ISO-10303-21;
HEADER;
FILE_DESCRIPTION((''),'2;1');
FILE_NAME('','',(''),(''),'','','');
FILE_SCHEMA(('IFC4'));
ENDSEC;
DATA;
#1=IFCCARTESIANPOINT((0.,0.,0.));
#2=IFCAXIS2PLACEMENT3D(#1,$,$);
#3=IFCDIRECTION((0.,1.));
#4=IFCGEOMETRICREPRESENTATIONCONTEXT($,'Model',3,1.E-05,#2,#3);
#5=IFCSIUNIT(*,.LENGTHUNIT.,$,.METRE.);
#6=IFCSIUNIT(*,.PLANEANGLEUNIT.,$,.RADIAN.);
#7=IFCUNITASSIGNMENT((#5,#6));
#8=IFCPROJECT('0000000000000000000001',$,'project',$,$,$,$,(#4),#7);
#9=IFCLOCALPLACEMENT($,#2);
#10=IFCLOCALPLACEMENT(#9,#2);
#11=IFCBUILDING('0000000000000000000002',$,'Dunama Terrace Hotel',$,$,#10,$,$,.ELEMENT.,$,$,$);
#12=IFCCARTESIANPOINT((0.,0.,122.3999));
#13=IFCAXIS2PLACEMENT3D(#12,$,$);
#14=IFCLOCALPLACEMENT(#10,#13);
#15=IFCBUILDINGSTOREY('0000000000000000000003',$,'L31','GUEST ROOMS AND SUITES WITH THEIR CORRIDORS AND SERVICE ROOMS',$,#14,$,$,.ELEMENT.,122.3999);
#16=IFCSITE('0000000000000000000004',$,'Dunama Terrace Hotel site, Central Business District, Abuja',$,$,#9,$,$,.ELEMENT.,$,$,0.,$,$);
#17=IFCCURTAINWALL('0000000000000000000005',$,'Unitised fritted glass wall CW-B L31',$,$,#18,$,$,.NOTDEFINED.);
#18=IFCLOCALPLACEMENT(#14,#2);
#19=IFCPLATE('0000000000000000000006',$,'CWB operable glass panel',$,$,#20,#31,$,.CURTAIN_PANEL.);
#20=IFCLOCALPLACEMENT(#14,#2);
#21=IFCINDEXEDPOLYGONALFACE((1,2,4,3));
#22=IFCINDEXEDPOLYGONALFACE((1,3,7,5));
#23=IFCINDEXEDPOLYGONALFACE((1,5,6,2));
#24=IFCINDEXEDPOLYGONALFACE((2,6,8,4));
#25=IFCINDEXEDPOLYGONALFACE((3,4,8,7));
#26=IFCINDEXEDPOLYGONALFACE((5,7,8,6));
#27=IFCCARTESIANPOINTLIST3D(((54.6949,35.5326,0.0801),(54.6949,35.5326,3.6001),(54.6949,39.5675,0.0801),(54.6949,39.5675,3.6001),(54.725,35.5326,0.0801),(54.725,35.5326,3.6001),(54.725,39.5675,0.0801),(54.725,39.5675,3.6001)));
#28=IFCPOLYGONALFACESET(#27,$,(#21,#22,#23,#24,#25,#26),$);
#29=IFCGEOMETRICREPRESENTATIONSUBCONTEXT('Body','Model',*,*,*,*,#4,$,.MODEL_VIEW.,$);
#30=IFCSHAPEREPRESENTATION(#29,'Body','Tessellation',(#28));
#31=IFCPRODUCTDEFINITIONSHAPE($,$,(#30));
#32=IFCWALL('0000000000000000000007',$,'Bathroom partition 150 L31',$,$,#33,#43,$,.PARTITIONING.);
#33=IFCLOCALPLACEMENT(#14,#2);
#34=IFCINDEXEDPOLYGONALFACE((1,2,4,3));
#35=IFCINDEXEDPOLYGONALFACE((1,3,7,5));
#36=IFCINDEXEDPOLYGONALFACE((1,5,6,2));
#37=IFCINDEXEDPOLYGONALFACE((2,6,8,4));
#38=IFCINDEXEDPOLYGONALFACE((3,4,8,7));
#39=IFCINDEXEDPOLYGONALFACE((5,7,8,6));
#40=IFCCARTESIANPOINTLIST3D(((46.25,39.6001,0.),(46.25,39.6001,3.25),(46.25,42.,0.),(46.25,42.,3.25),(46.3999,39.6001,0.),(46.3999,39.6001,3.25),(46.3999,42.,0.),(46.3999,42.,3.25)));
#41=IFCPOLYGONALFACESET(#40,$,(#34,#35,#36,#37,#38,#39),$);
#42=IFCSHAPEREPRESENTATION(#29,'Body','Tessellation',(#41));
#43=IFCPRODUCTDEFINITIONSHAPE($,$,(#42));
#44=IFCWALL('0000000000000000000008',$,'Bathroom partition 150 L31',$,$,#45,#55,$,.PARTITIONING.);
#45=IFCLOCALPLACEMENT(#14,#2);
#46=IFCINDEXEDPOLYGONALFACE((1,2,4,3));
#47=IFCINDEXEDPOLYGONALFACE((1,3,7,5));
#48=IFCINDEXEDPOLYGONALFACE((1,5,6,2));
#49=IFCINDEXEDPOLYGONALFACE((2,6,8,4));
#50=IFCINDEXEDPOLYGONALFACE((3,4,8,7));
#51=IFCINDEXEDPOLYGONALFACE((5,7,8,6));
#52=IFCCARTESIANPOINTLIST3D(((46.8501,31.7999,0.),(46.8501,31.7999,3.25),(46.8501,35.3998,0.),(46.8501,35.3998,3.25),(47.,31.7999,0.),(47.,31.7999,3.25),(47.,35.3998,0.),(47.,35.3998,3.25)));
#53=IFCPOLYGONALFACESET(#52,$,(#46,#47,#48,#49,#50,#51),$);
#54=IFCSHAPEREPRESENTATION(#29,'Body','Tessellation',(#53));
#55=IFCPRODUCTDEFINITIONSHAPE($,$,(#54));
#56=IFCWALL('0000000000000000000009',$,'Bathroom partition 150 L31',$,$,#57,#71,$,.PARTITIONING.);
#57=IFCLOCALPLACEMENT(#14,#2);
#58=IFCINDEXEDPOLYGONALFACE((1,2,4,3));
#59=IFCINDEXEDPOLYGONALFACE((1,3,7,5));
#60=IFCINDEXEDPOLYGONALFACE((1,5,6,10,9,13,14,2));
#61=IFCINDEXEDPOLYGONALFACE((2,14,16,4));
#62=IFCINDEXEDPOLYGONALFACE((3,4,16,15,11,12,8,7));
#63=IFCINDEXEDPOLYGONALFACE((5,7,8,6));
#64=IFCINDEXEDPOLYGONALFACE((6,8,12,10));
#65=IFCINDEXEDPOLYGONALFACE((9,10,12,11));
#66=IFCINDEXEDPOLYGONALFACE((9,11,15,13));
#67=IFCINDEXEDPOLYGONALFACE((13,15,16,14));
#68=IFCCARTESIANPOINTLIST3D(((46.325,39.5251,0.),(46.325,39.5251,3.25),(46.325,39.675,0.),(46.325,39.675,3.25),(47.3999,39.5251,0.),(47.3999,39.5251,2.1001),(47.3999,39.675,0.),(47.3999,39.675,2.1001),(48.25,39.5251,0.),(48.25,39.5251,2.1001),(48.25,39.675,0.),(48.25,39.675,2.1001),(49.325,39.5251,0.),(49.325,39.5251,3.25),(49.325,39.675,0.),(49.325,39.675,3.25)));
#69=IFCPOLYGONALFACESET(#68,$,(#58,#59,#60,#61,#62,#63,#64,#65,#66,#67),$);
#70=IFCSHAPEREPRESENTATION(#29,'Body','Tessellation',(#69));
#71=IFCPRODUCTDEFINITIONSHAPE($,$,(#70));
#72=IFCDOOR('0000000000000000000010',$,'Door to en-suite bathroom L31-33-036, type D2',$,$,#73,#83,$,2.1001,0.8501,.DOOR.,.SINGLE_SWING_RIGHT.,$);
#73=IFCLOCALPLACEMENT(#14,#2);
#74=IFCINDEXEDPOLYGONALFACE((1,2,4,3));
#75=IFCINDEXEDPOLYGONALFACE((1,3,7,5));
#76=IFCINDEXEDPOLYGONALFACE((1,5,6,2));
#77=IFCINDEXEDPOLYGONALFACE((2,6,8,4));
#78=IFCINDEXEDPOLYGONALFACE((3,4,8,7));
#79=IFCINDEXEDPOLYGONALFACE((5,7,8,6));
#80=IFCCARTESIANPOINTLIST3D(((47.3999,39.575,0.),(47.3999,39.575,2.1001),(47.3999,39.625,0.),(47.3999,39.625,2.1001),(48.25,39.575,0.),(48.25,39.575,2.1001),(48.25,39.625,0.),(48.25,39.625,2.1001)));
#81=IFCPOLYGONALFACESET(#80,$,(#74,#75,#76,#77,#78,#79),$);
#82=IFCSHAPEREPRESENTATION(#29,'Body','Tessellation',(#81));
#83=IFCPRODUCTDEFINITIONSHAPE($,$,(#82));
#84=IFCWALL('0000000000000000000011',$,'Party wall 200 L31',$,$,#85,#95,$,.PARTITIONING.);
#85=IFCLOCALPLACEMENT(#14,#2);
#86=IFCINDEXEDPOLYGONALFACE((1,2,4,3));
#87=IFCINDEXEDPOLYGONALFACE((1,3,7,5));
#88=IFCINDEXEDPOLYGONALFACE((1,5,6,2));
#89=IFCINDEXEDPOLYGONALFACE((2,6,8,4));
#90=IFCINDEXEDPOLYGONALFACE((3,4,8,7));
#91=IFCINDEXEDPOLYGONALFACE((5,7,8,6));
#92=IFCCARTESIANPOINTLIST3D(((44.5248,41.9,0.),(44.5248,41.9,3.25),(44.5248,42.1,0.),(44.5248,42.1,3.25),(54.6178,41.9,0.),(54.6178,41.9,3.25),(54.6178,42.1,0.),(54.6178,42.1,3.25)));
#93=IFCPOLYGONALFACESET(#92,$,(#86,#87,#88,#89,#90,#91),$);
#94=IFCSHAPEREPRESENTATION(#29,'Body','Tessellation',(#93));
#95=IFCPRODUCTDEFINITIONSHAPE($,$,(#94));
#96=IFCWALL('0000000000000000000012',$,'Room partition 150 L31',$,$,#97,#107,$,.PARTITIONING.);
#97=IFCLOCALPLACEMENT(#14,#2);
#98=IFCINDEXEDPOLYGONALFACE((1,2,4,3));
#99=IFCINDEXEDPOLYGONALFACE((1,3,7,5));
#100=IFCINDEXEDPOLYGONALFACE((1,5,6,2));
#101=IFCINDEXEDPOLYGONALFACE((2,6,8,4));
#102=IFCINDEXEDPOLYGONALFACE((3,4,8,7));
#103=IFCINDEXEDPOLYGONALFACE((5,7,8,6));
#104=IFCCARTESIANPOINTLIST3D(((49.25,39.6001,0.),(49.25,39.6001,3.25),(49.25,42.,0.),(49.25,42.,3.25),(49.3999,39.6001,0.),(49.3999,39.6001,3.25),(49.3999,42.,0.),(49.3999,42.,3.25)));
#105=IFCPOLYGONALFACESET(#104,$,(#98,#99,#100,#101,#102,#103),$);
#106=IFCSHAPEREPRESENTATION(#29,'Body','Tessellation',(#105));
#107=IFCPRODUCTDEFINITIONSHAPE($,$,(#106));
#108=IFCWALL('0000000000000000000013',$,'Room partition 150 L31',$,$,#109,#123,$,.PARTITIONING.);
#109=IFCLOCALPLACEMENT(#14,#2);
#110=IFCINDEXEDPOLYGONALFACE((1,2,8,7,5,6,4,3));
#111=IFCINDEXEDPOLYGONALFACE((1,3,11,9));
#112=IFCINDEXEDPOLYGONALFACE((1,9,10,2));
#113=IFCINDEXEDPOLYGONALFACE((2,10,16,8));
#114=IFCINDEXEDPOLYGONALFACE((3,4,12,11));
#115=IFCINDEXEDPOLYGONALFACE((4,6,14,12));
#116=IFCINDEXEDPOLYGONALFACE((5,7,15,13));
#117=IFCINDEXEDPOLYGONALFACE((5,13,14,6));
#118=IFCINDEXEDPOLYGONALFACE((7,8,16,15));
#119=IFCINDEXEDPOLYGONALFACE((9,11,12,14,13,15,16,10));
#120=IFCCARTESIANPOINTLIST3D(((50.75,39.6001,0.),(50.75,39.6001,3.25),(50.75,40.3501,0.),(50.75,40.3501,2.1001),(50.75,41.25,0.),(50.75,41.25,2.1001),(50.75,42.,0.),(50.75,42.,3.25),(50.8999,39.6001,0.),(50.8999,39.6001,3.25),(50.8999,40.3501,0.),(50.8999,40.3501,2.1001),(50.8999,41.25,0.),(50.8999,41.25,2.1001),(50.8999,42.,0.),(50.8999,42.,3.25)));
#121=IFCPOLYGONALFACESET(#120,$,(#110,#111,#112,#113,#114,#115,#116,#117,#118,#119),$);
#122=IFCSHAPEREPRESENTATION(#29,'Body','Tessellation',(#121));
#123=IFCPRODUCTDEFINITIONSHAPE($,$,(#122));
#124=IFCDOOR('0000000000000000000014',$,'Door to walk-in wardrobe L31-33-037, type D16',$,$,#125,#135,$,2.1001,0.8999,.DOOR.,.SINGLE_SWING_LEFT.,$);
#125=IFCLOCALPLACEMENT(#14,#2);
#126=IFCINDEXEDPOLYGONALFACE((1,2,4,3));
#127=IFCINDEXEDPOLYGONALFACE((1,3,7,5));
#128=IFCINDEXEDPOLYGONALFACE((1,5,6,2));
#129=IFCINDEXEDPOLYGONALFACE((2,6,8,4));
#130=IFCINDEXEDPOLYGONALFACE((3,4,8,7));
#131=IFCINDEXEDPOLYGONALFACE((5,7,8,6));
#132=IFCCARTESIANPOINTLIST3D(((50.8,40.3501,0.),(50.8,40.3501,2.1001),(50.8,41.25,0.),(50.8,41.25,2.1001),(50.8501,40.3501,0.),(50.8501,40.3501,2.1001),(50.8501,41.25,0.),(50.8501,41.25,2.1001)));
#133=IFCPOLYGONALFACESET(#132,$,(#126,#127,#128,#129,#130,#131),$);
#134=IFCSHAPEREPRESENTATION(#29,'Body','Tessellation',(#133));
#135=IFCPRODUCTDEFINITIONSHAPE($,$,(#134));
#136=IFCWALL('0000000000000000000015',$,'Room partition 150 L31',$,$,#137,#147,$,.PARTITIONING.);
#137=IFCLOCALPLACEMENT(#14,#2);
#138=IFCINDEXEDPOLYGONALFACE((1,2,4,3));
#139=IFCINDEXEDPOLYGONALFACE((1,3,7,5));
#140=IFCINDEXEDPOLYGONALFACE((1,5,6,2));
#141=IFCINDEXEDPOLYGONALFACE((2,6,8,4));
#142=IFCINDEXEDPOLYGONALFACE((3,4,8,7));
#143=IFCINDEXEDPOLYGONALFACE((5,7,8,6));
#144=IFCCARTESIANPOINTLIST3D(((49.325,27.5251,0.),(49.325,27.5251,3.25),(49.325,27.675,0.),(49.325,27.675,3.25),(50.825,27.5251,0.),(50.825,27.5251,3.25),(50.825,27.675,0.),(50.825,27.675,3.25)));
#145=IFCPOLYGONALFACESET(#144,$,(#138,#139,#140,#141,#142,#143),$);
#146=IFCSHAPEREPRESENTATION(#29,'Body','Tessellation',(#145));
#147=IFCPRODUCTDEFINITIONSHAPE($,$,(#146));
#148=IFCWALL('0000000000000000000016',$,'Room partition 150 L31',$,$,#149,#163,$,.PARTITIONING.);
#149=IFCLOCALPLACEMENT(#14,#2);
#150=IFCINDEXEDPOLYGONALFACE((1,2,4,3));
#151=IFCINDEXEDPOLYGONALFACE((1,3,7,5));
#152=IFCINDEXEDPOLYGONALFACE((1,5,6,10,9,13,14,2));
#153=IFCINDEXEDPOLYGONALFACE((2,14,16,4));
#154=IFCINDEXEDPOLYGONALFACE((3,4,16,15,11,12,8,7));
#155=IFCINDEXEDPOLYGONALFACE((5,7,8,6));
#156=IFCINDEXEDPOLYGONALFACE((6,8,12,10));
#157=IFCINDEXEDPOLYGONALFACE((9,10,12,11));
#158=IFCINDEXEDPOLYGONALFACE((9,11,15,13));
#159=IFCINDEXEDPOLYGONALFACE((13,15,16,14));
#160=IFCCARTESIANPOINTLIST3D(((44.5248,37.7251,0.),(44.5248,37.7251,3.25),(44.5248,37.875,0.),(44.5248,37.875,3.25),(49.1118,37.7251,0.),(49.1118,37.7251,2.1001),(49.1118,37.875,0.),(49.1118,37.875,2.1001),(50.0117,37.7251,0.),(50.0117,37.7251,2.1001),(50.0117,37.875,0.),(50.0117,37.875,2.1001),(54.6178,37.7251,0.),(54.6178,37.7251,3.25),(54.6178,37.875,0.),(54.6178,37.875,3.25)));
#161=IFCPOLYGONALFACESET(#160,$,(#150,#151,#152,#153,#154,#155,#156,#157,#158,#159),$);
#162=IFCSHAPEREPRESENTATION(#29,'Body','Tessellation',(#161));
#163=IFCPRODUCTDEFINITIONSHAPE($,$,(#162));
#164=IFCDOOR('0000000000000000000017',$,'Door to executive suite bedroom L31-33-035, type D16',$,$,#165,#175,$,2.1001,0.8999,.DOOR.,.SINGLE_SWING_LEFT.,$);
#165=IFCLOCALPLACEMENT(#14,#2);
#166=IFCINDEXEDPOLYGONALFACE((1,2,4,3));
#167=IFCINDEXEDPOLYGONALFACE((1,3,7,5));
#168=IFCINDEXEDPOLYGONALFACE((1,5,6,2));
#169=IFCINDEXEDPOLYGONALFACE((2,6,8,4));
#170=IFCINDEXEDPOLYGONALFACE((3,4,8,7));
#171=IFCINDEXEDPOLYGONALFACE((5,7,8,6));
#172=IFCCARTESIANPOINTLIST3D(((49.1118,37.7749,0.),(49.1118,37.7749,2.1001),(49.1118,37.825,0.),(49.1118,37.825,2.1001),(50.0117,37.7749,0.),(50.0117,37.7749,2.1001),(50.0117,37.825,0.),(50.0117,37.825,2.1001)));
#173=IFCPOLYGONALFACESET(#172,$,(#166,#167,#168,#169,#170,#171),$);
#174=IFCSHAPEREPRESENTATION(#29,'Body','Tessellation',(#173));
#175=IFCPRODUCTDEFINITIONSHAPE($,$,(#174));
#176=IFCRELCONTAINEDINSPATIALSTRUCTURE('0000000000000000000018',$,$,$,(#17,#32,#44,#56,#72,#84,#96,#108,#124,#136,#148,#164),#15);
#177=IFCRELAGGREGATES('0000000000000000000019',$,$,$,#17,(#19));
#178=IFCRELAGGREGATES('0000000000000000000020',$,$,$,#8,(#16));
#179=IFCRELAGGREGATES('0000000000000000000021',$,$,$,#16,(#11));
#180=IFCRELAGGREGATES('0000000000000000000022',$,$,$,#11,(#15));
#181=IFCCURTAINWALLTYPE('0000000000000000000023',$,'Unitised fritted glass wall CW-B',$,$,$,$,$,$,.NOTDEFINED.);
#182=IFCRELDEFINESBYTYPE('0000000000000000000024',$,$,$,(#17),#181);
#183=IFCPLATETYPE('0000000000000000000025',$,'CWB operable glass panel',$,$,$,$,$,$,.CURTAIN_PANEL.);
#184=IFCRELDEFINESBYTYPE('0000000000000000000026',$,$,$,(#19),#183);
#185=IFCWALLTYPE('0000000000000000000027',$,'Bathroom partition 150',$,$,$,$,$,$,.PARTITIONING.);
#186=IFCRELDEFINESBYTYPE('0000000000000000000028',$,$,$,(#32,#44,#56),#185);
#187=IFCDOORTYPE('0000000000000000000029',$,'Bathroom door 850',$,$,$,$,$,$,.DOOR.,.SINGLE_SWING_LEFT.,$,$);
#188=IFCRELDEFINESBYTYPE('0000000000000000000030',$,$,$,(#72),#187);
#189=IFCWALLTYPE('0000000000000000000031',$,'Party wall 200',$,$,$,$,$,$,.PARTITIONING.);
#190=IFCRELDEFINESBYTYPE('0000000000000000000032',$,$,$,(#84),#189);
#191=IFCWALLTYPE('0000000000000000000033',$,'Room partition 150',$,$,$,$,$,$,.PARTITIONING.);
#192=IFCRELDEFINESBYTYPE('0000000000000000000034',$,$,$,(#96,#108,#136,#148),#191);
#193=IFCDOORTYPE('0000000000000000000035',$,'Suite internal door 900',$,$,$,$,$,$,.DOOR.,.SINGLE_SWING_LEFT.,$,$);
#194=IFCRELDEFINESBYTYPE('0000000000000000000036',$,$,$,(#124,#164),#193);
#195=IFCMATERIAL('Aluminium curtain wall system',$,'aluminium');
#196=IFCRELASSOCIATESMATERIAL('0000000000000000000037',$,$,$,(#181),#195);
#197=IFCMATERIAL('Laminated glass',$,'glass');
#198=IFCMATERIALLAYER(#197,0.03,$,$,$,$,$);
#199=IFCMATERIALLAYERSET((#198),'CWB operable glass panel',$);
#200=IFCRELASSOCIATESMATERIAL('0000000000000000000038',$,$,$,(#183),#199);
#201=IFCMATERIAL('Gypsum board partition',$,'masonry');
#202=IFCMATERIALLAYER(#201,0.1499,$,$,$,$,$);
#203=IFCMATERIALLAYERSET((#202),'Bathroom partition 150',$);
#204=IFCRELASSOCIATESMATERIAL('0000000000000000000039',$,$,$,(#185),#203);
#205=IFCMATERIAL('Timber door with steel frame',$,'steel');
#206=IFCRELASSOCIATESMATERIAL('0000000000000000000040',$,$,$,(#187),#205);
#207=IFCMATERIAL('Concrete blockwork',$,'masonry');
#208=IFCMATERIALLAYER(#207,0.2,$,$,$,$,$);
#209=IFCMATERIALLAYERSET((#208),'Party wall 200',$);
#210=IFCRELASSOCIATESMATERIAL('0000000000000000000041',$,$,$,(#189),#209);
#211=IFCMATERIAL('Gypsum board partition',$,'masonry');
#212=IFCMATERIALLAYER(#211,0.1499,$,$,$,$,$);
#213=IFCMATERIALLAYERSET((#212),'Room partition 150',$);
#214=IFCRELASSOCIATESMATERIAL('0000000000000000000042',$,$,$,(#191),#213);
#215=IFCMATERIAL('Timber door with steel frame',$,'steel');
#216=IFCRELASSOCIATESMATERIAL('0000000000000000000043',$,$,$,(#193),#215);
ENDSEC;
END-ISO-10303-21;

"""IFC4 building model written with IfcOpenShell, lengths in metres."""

from ifc_helpers import new_model, si_unit, direction, frame, frame_2d, origin, origin_2d, place, context, subcontext, project, spatial, rectangle, extrude, material, layer, layer_set, type_object, element, fill, aggregate, save


model = new_model("IFC4")

# Units and contexts
model_context = context("Model", 3, precision=1e-05, world=origin(), true_north=direction((0.0, 1.0)))
body_context = subcontext(model_context, "Body", "Model", "MODEL_VIEW")
ifc_project = project(units=[si_unit("LENGTHUNIT", "METRE"), si_unit("PLANEANGLEUNIT", "RADIAN")], contexts=[model_context])

# Site, building, storey
site_placement = place(None, origin())
site = spatial("IfcSite", under=ifc_project, at=site_placement, Name="Dunama Terrace Hotel site, Central Business District, Abuja", CompositionType="ELEMENT", RefElevation=0.0)
building_placement = place(site_placement, origin())
building = spatial("IfcBuilding", under=site, at=building_placement, Name="Dunama Terrace Hotel", CompositionType="ELEMENT")
storey_placement = place(building_placement, frame((0.0, 0.0, 122.3999)))
storey = spatial("IfcBuildingStorey", under=building, at=storey_placement, Name="L31", Description="GUEST ROOMS AND SUITES WITH THEIR CORRIDORS AND SERVICE ROOMS", CompositionType="ELEMENT", Elevation=122.3999)

# Curtain wall
ifc_material_1 = material(Name="Aluminium curtain wall system", Category="aluminium")
curtain_wall_type = type_object("IfcCurtainWallType", Name="Unitised fritted glass wall CW-B", PredefinedType="NOTDEFINED", material=ifc_material_1)
curtain_wall_placement = place(storey_placement, origin())
curtain_wall = element("IfcCurtainWall", 1, at=curtain_wall_placement, inside=storey, type_object=curtain_wall_type, Name="Unitised fritted glass wall CW-B L31", PredefinedType="NOTDEFINED")

# Plate
ifc_material_2 = material(Name="Laminated glass", Category="glass")
ifc_layer_1 = layer(ifc_material_2, 0.03)
ifc_layer_set_1 = layer_set([ifc_layer_1], Name="CWB operable glass panel")
plate_type_1 = type_object("IfcPlateType", Name="CWB operable glass panel", PredefinedType="CURTAIN_PANEL", material=ifc_layer_set_1)
plate_1_placement = place(storey_placement, frame((54.71, 37.55, 0.0801), z_axis=(0.0, 0.0, 1.0), x_axis=(0.0, 1.0, 0.0)))
plate_1 = element("IfcPlate", 2, at=plate_1_placement, type_object=plate_type_1, Name="CWB operable glass panel", PredefinedType="CURTAIN_PANEL", context=body_context, shape_type="SweptSolid", body=[
    extrude(rectangle(XDim=4.0349, YDim=0.03, at=origin_2d()), origin(), (0.0, 0.0, 1.0), 3.52),
])
aggregate(curtain_wall, [plate_1])

# Walls
ifc_material_3 = material(Name="Gypsum board partition", Category="masonry")
ifc_layer_2 = layer(ifc_material_3, 0.1499)
ifc_layer_set_2 = layer_set([ifc_layer_2], Name="Bathroom partition 150")
wall_type_1 = type_object("IfcWallType", Name="Bathroom partition 150", PredefinedType="PARTITIONING", material=ifc_layer_set_2)
wall_1_placement = place(storey_placement, frame((46.325, 39.6001, 0.0), z_axis=(0.0, 0.0, 1.0), x_axis=(0.0, 1.0, 0.0)))
element("IfcWall", 3, at=wall_1_placement, inside=storey, type_object=wall_type_1, Name="Bathroom partition 150 L31", PredefinedType="PARTITIONING", context=body_context, shape_type="SweptSolid", body=[
    extrude(rectangle(XDim=2.3999, YDim=0.1499, at=frame_2d((1.2, 0.0))), origin(), (0.0, 0.0, 1.0), 3.25),
])
wall_2_placement = place(storey_placement, frame((46.925, 31.8, 0.0), z_axis=(0.0, 0.0, 1.0), x_axis=(0.0, 1.0, 0.0)))
element("IfcWall", 4, at=wall_2_placement, inside=storey, type_object=wall_type_1, Name="Bathroom partition 150 L31", PredefinedType="PARTITIONING", context=body_context, shape_type="SweptSolid", body=[
    extrude(rectangle(XDim=3.5999, YDim=0.1499, at=frame_2d((1.7998, 0.0))), origin(), (0.0, 0.0, 1.0), 3.25),
])

# Wall, opening, door
wall_3_placement = place(storey_placement, frame((46.325, 39.6001, 0.0), z_axis=(0.0, 0.0, 1.0), x_axis=(1.0, 0.0, 0.0)))
wall_3 = element("IfcWall", 5, at=wall_3_placement, inside=storey, type_object=wall_type_1, Name="Bathroom partition 150 L31", PredefinedType="PARTITIONING", context=body_context, shape_type="SweptSolid", body=[
    extrude(rectangle(XDim=3.0, YDim=0.1499, at=frame_2d((1.5, 0.0))), origin(), (0.0, 0.0, 1.0), 3.25),
])
opening_1_placement = place(wall_3_placement, frame((1.075, 0.0, 0.0)))
opening_1 = element("IfcOpeningElement", 6, at=opening_1_placement, cuts=wall_3, PredefinedType="OPENING", context=body_context, shape_type="SweptSolid", body=[
    extrude(rectangle(XDim=0.8501, YDim=2.1001, at=frame_2d((0.425, 1.05))), frame((0.0, 0.085, 0.0), z_axis=(0.0, -1.0, 0.0), x_axis=(1.0, 0.0, 0.0)), (0.0, 0.0, 1.0), 0.1699),
])
ifc_material_4 = material(Name="Timber door with steel frame", Category="steel")
door_type_1 = type_object("IfcDoorType", Name="Bathroom door 850", OperationType="SINGLE_SWING_LEFT", PredefinedType="DOOR", material=ifc_material_4)
door_1_placement = place(opening_1_placement, origin())
door_1 = element("IfcDoor", 7, at=door_1_placement, inside=storey, type_object=door_type_1, Name="Door to en-suite bathroom L31-33-036, type D2", OperationType="SINGLE_SWING_RIGHT", OverallHeight=2.1001, OverallWidth=0.8501, PredefinedType="DOOR", context=body_context, shape_type="SweptSolid", body=[
    extrude(rectangle(XDim=0.8501, YDim=2.1001, at=frame_2d((0.425, 1.05))), frame((0.0, 0.0249, 0.0), z_axis=(0.0, -1.0, 0.0), x_axis=(1.0, 0.0, 0.0)), (0.0, 0.0, 1.0), 0.05),
])
fill(opening_1, door_1)

# Walls
ifc_material_5 = material(Name="Concrete blockwork", Category="masonry")
ifc_layer_3 = layer(ifc_material_5, 0.2)
ifc_layer_set_3 = layer_set([ifc_layer_3], Name="Party wall 200")
wall_type_2 = type_object("IfcWallType", Name="Party wall 200", PredefinedType="PARTITIONING", material=ifc_layer_set_3)
wall_4_placement = place(storey_placement, frame((44.5249, 42.0, 0.0), z_axis=(0.0, 0.0, 1.0), x_axis=(1.0, 0.0, 0.0)))
element("IfcWall", 8, at=wall_4_placement, inside=storey, type_object=wall_type_2, Name="Party wall 200 L31", PredefinedType="PARTITIONING", context=body_context, shape_type="SweptSolid", body=[
    extrude(rectangle(XDim=10.093, YDim=0.2, at=frame_2d((5.0464, 0.0))), origin(), (0.0, 0.0, 1.0), 3.25),
])
ifc_material_6 = material(Name="Gypsum board partition", Category="masonry")
ifc_layer_4 = layer(ifc_material_6, 0.1499)
ifc_layer_set_4 = layer_set([ifc_layer_4], Name="Room partition 150")
wall_type_3 = type_object("IfcWallType", Name="Room partition 150", PredefinedType="PARTITIONING", material=ifc_layer_set_4)
wall_5_placement = place(storey_placement, frame((49.325, 39.6001, 0.0), z_axis=(0.0, 0.0, 1.0), x_axis=(0.0, 1.0, 0.0)))
element("IfcWall", 9, at=wall_5_placement, inside=storey, type_object=wall_type_3, Name="Room partition 150 L31", PredefinedType="PARTITIONING", context=body_context, shape_type="SweptSolid", body=[
    extrude(rectangle(XDim=2.3999, YDim=0.1499, at=frame_2d((1.2, 0.0))), origin(), (0.0, 0.0, 1.0), 3.25),
])

# Wall, opening, door
wall_6_placement = place(storey_placement, frame((50.825, 39.6001, 0.0), z_axis=(0.0, 0.0, 1.0), x_axis=(0.0, 1.0, 0.0)))
wall_6 = element("IfcWall", 10, at=wall_6_placement, inside=storey, type_object=wall_type_3, Name="Room partition 150 L31", PredefinedType="PARTITIONING", context=body_context, shape_type="SweptSolid", body=[
    extrude(rectangle(XDim=2.3999, YDim=0.1499, at=frame_2d((1.2, 0.0))), origin(), (0.0, 0.0, 1.0), 3.25),
])
opening_2_placement = place(wall_6_placement, frame((0.75, 0.0, 0.0)))
opening_2 = element("IfcOpeningElement", 11, at=opening_2_placement, cuts=wall_6, PredefinedType="OPENING", context=body_context, shape_type="SweptSolid", body=[
    extrude(rectangle(XDim=0.8999, YDim=2.1001, at=frame_2d((0.45, 1.05))), frame((0.0, 0.085, 0.0), z_axis=(0.0, -1.0, 0.0), x_axis=(1.0, 0.0, 0.0)), (0.0, 0.0, 1.0), 0.1699),
])
ifc_material_7 = material(Name="Timber door with steel frame", Category="steel")
door_type_2 = type_object("IfcDoorType", Name="Suite internal door 900", OperationType="SINGLE_SWING_LEFT", PredefinedType="DOOR", material=ifc_material_7)
door_2_placement = place(opening_2_placement, origin())
door_2 = element("IfcDoor", 12, at=door_2_placement, inside=storey, type_object=door_type_2, Name="Door to walk-in wardrobe L31-33-037, type D16", OperationType="SINGLE_SWING_LEFT", OverallHeight=2.1001, OverallWidth=0.8999, PredefinedType="DOOR", context=body_context, shape_type="SweptSolid", body=[
    extrude(rectangle(XDim=0.8999, YDim=2.1001, at=frame_2d((0.45, 1.05))), frame((0.0, 0.0249, 0.0), z_axis=(0.0, -1.0, 0.0), x_axis=(1.0, 0.0, 0.0)), (0.0, 0.0, 1.0), 0.05),
])
fill(opening_2, door_2)

# Wall
wall_7_placement = place(storey_placement, frame((49.325, 27.6001, 0.0), z_axis=(0.0, 0.0, 1.0), x_axis=(1.0, 0.0, 0.0)))
element("IfcWall", 13, at=wall_7_placement, inside=storey, type_object=wall_type_3, Name="Room partition 150 L31", PredefinedType="PARTITIONING", context=body_context, shape_type="SweptSolid", body=[
    extrude(rectangle(XDim=1.5, YDim=0.1499, at=frame_2d((0.75, 0.0))), origin(), (0.0, 0.0, 1.0), 3.25),
])

# Wall, opening, door
wall_8_placement = place(storey_placement, frame((44.5249, 37.8, 0.0), z_axis=(0.0, 0.0, 1.0), x_axis=(1.0, 0.0, 0.0)))
wall_8 = element("IfcWall", 14, at=wall_8_placement, inside=storey, type_object=wall_type_3, Name="Room partition 150 L31", PredefinedType="PARTITIONING", context=body_context, shape_type="SweptSolid", body=[
    extrude(rectangle(XDim=10.093, YDim=0.1499, at=frame_2d((5.0464, 0.0))), origin(), (0.0, 0.0, 1.0), 3.25),
])
opening_3_placement = place(wall_8_placement, frame((4.5869, 0.0, 0.0)))
opening_3 = element("IfcOpeningElement", 15, at=opening_3_placement, cuts=wall_8, PredefinedType="OPENING", context=body_context, shape_type="SweptSolid", body=[
    extrude(rectangle(XDim=0.8999, YDim=2.1001, at=frame_2d((0.45, 1.05))), frame((0.0, 0.085, 0.0), z_axis=(0.0, -1.0, 0.0), x_axis=(1.0, 0.0, 0.0)), (0.0, 0.0, 1.0), 0.1699),
])
door_3_placement = place(opening_3_placement, origin())
door_3 = element("IfcDoor", 16, at=door_3_placement, inside=storey, type_object=door_type_2, Name="Door to executive suite bedroom L31-33-035, type D16", OperationType="SINGLE_SWING_LEFT", OverallHeight=2.1001, OverallWidth=0.8999, PredefinedType="DOOR", context=body_context, shape_type="SweptSolid", body=[
    extrude(rectangle(XDim=0.8999, YDim=2.1001, at=frame_2d((0.45, 1.05))), frame((0.0, 0.0249, 0.0), z_axis=(0.0, -1.0, 0.0), x_axis=(1.0, 0.0, 0.0)), (0.0, 0.0, 1.0), 0.05),
])
fill(opening_3, door_3)

save(model, "model.ifc")
